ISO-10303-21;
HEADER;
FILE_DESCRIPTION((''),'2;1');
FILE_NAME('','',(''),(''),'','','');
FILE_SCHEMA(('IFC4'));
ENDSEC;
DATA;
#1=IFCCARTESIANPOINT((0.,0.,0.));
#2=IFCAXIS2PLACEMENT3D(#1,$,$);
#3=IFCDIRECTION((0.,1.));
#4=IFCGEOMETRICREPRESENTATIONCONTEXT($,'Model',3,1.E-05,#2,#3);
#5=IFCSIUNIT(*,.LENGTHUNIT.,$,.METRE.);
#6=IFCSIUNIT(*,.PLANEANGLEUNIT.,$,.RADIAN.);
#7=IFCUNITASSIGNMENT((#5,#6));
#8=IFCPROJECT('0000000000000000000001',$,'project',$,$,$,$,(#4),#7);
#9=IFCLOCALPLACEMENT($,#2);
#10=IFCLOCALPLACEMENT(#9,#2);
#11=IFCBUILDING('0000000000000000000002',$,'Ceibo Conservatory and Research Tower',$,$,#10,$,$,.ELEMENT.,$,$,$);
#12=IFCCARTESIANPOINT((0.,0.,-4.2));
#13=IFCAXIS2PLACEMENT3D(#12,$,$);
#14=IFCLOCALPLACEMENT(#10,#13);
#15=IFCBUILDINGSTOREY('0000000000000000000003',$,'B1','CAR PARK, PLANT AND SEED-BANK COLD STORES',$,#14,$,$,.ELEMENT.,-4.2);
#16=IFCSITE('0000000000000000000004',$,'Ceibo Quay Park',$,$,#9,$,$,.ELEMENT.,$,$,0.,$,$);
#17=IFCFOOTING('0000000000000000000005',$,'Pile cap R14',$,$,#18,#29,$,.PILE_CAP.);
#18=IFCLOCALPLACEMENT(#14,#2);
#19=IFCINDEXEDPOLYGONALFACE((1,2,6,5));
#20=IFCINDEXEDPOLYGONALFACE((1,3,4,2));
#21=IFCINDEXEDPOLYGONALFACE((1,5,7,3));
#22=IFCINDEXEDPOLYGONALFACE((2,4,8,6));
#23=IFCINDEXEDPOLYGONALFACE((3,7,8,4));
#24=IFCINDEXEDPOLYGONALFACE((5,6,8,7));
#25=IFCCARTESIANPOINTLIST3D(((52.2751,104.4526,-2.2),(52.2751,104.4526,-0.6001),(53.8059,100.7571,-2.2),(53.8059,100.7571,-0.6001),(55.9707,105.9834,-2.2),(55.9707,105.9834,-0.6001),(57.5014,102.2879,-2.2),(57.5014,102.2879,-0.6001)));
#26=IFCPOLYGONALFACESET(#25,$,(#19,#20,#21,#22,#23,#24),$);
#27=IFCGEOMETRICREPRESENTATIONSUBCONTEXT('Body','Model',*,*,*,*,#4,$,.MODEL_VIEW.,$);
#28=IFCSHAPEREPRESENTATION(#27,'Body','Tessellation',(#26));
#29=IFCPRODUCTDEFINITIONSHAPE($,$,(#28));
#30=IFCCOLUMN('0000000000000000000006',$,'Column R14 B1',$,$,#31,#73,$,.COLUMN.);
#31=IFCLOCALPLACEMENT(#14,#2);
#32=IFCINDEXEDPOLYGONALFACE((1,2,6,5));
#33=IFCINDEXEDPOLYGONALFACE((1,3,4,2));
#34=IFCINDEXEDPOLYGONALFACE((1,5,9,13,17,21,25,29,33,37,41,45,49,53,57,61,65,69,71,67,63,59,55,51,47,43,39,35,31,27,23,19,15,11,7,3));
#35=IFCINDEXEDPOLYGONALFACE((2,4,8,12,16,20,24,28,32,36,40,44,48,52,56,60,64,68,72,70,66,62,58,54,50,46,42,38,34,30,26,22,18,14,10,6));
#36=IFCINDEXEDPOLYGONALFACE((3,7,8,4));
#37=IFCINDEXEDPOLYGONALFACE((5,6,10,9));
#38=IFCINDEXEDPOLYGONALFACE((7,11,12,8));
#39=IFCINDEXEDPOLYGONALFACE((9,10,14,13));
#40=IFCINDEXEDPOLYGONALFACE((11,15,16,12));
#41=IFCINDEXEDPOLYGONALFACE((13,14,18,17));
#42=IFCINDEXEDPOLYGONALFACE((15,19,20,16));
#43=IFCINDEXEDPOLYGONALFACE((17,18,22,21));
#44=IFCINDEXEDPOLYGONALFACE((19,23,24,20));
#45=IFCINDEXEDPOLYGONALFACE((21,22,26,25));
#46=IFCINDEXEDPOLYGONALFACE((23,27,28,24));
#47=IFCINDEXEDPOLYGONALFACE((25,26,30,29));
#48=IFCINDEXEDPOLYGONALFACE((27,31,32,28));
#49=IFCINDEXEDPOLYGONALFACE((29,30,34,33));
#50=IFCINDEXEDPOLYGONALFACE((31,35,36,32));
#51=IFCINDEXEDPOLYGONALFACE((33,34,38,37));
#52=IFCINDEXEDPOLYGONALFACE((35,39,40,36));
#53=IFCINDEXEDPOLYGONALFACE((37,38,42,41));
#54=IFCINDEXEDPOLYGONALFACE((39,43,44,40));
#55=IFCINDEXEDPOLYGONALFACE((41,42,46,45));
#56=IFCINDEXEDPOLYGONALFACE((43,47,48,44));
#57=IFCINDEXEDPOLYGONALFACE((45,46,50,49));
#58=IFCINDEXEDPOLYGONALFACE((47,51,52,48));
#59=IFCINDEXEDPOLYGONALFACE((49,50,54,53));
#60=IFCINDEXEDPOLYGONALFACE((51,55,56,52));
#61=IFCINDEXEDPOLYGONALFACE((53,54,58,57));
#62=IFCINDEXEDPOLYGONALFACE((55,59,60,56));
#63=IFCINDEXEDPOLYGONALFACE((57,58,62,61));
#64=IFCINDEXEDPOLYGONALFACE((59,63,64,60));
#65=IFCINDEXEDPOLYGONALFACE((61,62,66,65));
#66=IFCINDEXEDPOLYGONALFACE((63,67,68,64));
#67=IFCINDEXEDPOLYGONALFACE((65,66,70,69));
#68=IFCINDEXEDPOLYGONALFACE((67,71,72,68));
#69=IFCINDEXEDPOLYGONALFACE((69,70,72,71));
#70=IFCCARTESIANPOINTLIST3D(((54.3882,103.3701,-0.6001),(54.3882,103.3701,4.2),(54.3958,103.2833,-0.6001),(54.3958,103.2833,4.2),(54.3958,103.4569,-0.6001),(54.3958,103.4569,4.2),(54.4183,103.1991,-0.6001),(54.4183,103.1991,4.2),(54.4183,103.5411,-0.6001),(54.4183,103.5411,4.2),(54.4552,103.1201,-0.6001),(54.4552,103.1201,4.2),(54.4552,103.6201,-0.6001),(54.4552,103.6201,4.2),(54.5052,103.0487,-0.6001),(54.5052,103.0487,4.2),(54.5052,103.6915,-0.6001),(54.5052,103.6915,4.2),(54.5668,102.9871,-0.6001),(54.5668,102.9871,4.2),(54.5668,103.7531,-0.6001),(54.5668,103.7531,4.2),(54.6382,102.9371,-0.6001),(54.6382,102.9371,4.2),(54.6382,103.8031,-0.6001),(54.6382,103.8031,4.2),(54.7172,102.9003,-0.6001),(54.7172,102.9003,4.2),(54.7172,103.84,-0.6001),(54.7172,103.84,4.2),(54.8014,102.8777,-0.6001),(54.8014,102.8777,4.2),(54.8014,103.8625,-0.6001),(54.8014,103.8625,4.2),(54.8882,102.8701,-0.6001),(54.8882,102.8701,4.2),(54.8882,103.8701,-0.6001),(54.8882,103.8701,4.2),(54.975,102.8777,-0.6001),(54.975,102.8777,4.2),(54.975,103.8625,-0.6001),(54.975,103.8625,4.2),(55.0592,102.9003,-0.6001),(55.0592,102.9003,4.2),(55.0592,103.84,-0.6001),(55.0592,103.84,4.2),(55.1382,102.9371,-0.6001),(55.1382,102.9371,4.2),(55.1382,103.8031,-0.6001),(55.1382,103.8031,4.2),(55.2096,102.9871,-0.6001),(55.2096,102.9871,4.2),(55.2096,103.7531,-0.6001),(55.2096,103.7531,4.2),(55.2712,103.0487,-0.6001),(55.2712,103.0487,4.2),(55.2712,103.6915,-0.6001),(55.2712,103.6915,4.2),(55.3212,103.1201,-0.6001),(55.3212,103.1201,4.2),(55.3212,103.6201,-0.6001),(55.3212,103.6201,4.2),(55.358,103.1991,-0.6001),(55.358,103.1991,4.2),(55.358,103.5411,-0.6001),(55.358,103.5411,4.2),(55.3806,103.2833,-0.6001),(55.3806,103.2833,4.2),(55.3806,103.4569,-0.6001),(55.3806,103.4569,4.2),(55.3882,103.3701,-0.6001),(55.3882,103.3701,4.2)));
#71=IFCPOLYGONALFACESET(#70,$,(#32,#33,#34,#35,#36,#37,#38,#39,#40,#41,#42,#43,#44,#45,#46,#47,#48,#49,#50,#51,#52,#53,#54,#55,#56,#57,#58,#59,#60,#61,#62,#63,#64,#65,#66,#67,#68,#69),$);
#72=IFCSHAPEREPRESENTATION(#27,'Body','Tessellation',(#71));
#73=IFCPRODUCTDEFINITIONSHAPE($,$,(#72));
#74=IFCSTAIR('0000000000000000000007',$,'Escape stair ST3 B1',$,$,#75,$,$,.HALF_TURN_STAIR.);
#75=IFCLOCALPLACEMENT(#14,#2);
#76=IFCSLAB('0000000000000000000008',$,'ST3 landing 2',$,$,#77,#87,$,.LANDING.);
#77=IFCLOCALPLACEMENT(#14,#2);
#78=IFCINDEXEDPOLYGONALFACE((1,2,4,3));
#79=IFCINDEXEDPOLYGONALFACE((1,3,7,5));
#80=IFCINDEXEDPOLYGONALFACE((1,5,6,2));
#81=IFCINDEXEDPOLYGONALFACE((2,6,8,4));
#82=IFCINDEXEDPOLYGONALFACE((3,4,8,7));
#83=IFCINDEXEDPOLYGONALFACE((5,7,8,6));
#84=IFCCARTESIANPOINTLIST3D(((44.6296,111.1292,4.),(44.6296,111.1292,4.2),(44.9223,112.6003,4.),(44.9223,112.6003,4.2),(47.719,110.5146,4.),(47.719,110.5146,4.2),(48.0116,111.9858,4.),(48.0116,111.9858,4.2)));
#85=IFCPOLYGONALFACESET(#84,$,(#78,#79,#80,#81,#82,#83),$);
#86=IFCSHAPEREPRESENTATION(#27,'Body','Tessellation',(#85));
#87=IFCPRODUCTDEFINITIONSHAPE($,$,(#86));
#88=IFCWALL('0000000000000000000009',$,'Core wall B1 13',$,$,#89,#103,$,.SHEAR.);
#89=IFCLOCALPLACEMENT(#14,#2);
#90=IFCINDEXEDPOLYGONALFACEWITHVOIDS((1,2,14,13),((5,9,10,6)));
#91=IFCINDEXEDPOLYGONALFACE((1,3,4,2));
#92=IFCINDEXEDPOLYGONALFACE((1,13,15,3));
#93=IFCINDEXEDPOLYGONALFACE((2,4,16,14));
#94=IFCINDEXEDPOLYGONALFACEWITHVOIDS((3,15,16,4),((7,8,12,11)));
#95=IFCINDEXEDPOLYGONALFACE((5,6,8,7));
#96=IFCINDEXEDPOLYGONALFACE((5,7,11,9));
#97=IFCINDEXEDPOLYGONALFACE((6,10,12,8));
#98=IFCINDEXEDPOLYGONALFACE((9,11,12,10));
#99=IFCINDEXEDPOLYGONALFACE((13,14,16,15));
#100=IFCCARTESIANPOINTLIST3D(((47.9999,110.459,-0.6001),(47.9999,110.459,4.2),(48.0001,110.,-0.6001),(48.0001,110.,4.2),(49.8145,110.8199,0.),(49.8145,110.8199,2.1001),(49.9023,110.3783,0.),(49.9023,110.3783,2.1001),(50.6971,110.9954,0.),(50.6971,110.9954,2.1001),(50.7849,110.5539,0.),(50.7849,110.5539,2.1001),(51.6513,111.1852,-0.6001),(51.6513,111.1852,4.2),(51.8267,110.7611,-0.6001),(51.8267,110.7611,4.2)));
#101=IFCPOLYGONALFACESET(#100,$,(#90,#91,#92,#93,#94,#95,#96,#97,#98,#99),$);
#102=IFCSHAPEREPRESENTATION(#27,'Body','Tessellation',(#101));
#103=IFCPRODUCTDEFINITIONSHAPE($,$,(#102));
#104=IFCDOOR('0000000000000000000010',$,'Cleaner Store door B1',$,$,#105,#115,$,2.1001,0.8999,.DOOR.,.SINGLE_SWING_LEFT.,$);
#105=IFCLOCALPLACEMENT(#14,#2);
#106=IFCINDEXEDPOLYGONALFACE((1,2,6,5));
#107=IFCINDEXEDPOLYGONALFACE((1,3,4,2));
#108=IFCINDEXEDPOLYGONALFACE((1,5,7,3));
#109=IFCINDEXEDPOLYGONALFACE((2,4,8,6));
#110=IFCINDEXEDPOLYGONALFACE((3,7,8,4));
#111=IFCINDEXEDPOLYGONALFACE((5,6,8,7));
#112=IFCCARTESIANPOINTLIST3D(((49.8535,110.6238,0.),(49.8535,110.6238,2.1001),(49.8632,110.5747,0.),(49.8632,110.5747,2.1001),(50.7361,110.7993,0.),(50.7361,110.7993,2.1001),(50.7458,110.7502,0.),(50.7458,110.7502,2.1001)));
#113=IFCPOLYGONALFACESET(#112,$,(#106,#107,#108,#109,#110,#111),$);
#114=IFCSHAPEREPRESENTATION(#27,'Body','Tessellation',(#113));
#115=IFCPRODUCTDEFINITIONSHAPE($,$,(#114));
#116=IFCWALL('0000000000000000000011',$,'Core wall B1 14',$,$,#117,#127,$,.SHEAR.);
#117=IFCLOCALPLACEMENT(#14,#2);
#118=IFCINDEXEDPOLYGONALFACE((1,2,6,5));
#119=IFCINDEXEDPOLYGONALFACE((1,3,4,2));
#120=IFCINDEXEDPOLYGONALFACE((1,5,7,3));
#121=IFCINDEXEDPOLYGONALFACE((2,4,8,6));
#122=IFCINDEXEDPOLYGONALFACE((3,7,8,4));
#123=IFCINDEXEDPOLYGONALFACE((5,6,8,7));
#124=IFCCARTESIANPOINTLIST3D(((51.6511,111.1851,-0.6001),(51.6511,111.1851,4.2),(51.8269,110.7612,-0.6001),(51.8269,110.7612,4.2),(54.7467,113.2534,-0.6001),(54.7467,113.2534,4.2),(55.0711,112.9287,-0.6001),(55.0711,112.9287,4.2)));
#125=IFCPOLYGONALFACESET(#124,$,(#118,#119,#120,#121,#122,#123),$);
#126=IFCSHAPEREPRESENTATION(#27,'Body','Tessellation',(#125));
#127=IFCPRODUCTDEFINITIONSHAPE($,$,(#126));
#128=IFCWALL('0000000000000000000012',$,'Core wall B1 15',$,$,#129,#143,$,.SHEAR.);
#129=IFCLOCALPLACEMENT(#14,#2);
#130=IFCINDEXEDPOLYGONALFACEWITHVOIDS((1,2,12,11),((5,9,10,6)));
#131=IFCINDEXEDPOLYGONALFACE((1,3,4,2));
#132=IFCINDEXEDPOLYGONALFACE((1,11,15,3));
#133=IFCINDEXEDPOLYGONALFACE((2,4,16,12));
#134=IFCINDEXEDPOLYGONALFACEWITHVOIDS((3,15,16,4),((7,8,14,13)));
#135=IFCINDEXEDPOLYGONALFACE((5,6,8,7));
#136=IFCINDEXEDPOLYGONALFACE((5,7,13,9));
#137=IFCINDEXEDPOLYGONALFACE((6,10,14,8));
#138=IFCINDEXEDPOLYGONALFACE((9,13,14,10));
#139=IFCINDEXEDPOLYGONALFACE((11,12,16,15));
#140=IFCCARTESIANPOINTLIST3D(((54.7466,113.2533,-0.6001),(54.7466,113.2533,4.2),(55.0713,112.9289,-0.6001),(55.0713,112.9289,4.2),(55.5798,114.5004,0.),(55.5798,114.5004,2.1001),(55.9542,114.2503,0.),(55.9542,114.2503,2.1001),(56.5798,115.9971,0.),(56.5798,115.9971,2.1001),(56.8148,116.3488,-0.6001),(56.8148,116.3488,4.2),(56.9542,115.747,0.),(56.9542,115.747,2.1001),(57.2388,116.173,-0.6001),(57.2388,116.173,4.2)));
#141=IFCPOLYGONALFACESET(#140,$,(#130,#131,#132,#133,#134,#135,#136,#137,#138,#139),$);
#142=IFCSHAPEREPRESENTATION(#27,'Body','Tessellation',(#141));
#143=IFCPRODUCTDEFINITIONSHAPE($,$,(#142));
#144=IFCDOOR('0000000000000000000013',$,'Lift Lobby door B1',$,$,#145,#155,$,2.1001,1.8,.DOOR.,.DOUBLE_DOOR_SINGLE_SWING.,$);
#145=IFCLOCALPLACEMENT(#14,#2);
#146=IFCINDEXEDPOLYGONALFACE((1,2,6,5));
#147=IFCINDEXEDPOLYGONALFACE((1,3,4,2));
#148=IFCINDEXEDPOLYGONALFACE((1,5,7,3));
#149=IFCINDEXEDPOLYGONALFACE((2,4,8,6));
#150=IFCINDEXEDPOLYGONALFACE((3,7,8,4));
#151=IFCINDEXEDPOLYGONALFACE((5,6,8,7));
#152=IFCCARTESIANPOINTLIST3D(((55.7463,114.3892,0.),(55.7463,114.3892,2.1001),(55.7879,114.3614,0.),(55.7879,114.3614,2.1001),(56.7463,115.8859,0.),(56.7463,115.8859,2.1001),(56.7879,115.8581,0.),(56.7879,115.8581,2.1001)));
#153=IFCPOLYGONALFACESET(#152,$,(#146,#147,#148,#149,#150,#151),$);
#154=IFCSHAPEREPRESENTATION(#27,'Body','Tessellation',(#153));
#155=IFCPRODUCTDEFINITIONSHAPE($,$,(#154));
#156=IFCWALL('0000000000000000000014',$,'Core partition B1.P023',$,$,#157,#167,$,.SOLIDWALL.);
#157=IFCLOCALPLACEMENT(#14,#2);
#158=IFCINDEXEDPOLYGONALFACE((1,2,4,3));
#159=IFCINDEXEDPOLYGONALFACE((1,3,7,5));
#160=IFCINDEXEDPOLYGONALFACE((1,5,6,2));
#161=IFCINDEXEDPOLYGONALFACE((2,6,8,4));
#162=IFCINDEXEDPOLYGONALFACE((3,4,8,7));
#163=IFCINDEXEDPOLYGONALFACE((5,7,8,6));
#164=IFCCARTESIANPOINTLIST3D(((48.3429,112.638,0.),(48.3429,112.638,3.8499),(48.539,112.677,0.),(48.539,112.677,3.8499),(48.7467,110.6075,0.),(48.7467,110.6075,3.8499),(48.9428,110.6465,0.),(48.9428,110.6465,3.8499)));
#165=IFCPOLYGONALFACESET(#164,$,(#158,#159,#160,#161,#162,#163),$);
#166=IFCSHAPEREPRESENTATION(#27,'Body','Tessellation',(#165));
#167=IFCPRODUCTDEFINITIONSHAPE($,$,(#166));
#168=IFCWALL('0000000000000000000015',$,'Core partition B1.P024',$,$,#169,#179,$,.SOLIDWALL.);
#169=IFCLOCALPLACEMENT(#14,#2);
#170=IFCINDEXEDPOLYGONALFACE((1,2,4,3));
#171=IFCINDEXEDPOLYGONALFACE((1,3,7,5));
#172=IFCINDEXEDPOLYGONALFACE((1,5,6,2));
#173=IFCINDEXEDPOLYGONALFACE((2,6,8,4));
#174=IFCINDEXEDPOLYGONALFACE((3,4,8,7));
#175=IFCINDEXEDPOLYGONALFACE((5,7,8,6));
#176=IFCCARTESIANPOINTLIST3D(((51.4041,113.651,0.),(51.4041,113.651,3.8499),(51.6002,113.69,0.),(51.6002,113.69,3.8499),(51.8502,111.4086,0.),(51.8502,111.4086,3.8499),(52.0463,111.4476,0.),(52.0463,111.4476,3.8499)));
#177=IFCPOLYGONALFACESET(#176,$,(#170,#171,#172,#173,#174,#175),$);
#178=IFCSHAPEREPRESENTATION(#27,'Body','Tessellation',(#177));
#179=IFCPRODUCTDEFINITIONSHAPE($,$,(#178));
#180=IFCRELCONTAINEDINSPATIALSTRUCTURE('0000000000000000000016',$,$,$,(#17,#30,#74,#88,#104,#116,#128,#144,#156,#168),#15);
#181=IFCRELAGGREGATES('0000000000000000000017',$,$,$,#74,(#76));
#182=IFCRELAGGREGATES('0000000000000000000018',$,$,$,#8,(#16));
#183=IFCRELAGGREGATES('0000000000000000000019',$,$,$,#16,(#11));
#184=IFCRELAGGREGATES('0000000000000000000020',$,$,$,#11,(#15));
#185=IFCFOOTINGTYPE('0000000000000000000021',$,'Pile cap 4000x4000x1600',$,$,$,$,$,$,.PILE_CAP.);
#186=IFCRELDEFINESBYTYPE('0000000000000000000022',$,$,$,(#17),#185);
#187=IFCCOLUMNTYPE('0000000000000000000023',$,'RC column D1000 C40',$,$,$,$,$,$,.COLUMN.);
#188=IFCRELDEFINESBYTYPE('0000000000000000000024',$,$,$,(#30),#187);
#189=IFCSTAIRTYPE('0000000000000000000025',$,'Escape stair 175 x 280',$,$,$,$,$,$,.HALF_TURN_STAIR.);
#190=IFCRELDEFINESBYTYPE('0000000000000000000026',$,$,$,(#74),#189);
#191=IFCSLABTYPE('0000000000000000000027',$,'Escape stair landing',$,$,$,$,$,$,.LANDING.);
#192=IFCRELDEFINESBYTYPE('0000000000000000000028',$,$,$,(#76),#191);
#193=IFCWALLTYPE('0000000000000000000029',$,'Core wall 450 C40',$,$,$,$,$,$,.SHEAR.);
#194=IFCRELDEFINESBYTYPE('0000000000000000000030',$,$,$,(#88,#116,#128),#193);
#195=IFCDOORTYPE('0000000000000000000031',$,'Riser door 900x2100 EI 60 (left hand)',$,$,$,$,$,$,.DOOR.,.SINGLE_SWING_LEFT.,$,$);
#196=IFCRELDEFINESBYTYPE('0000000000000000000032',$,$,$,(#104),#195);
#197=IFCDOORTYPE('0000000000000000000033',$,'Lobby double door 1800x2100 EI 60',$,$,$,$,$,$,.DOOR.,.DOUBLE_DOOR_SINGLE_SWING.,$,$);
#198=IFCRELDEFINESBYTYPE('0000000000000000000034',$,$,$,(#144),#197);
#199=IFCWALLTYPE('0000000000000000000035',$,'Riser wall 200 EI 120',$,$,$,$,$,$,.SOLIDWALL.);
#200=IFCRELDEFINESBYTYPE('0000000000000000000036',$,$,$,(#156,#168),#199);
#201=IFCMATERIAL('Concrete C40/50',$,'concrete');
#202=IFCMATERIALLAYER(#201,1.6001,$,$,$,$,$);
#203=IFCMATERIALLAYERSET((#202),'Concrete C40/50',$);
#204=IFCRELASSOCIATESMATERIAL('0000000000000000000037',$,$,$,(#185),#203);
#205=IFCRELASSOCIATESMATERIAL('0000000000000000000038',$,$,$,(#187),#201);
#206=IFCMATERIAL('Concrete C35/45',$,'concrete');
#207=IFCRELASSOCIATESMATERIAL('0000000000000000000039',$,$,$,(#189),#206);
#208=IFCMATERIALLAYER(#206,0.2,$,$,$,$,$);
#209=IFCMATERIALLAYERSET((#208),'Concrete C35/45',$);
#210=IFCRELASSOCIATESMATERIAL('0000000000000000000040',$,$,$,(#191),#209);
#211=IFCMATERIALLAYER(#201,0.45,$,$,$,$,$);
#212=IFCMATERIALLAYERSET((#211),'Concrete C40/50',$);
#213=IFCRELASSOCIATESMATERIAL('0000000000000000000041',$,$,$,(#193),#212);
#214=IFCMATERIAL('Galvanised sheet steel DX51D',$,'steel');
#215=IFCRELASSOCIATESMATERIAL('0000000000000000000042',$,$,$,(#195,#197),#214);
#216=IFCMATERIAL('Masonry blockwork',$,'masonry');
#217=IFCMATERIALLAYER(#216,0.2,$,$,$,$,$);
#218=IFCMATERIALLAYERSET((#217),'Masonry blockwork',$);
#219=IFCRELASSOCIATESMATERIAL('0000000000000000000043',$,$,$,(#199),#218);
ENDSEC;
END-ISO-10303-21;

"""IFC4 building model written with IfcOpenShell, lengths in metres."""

from ifc_helpers import new_model, si_unit, direction, frame, frame_2d, origin, origin_2d, place, context, subcontext, project, spatial, polyline, rectangle, circle, outline, extrude, material, layer, layer_set, material_profile, profile_set, type_object, element, fill, aggregate, save


model = new_model("IFC4")

# Units and contexts
model_context = context("Model", 3, precision=1e-05, world=origin(), true_north=direction((0.0, 1.0)))
body_context = subcontext(model_context, "Body", "Model", "MODEL_VIEW")
ifc_project = project(units=[si_unit("LENGTHUNIT", "METRE"), si_unit("PLANEANGLEUNIT", "RADIAN")], contexts=[model_context])

# Site, building, storey
site_placement = place(None, origin())
site = spatial("IfcSite", under=ifc_project, at=site_placement, Name="Ceibo Quay Park", CompositionType="ELEMENT", RefElevation=0.0)
building_placement = place(site_placement, origin())
building = spatial("IfcBuilding", under=site, at=building_placement, Name="Ceibo Conservatory and Research Tower", CompositionType="ELEMENT")
storey_placement = place(building_placement, frame((0.0, 0.0, -4.2)))
storey = spatial("IfcBuildingStorey", under=building, at=storey_placement, Name="B1", Description="CAR PARK, PLANT AND SEED-BANK COLD STORES", CompositionType="ELEMENT", Elevation=-4.2)

# Shared definitions
ifc_material_1 = material(Name="Concrete C35/45", Category="concrete")

# Footing
ifc_material_2 = material(Name="Concrete C40/50", Category="concrete")
ifc_layer_1 = layer(ifc_material_2, 1.6001)
ifc_layer_set_1 = layer_set([ifc_layer_1], Name="Concrete C40/50")
footing_type = type_object("IfcFootingType", Name="Pile cap 4000x4000x1600", PredefinedType="PILE_CAP", material=ifc_layer_set_1)
footing_placement = place(storey_placement, frame((52.2751, 104.4526, -2.2), z_axis=(0.0, 0.0, 1.0), x_axis=(0.382684, -0.92388, 0.0)))
element("IfcFooting", 1, at=footing_placement, inside=storey, type_object=footing_type, Name="Pile cap R14", PredefinedType="PILE_CAP", context=body_context, shape_type="SweptSolid", body=[
    extrude(outline(polyline([(0.0, 0.0), (4.0, 0.0), (4.0, 4.0), (0.0, 4.0), (0.0, 0.0)])), origin(), (0.0, 0.0, 1.0), 1.5999),
])

# Column
ifc_material_profile_1 = material_profile(ifc_material_2, circle(Radius=0.5, at=origin_2d()), Name="RC D1000")
ifc_profile_set_1 = profile_set([ifc_material_profile_1], Name="Concrete C40/50")
column_type = type_object("IfcColumnType", Name="RC column D1000 C40", PredefinedType="COLUMN", material=ifc_profile_set_1)
column_placement = place(storey_placement, frame((54.8882, 103.3701, -0.6001), z_axis=(0.0, 0.0, 1.0), x_axis=(1.0, 0.0, 0.0)))
element("IfcColumn", 2, at=column_placement, inside=storey, type_object=column_type, Name="Column R14 B1", PredefinedType="COLUMN", context=body_context, shape_type="SweptSolid", body=[
    extrude(circle(Radius=0.5, at=origin_2d()), origin(), (0.0, 0.0, 1.0), 4.8),
])

# Stair, slab
stair_type = type_object("IfcStairType", Name="Escape stair 175 x 280", PredefinedType="HALF_TURN_STAIR", material=ifc_material_1)
stair_placement = place(storey_placement, origin())
stair = element("IfcStair", 3, at=stair_placement, inside=storey, type_object=stair_type, Name="Escape stair ST3 B1", PredefinedType="HALF_TURN_STAIR")
ifc_layer_2 = layer(ifc_material_1, 0.2)
ifc_layer_set_2 = layer_set([ifc_layer_2], Name="Concrete C35/45")
slab_type = type_object("IfcSlabType", Name="Escape stair landing", PredefinedType="LANDING", material=ifc_layer_set_2)
slab_placement = place(storey_placement, frame((47.719, 110.5146, 4.0), z_axis=(0.0, 0.0, 1.0), x_axis=(0.19509, 0.980785, 0.0)))
slab = element("IfcSlab", 4, at=slab_placement, type_object=slab_type, Name="ST3 landing 2", PredefinedType="LANDING", context=body_context, shape_type="SweptSolid", body=[
    extrude(outline(polyline([(0.0, 0.0), (1.5, 0.0), (1.5, 3.1499), (0.0, 3.1499), (0.0, 0.0)])), origin(), (0.0, 0.0, 1.0), 0.2),
])
aggregate(stair, [slab])

# Wall, opening, door
ifc_layer_3 = layer(ifc_material_2, 0.45)
ifc_layer_set_3 = layer_set([ifc_layer_3], Name="Concrete C40/50")
wall_type_1 = type_object("IfcWallType", Name="Core wall 450 C40", PredefinedType="SHEAR", material=ifc_layer_set_3)
wall_1_placement = place(storey_placement, frame((48.0, 110.2295, -0.6001), z_axis=(0.0, 0.0, 1.0), x_axis=(0.980789, 0.195069, 0.0)))
wall_1 = element("IfcWall", 5, at=wall_1_placement, inside=storey, type_object=wall_type_1, Name="Core wall B1 13", PredefinedType="SHEAR", context=body_context, shape_type="SweptSolid", body=[
    extrude(outline(polyline([(-0.0447, -0.2251), (3.8569, -0.2251), (3.7676, 0.2251), (0.0447, 0.2251), (-0.0447, -0.2251)])), origin(), (0.0, 0.0, 1.0), 4.8),
])
opening_1_placement = place(wall_1_placement, frame((1.8948, 0.0, 0.6001)))
opening_1 = element("IfcOpeningElement", 6, at=opening_1_placement, cuts=wall_1, PredefinedType="OPENING", context=body_context, shape_type="SweptSolid", body=[
    extrude(rectangle(XDim=0.8999, YDim=2.1001, at=frame_2d((0.45, 1.05))), frame((0.0, 0.2349, 0.0), z_axis=(0.0, -1.0, 0.0), x_axis=(1.0, 0.0, 0.0)), (0.0, 0.0, 1.0), 0.47),
])
ifc_material_3 = material(Name="Galvanised sheet steel DX51D", Category="steel")
door_type_1 = type_object("IfcDoorType", Name="Riser door 900x2100 EI 60 (left hand)", OperationType="SINGLE_SWING_LEFT", PredefinedType="DOOR", material=ifc_material_3)
door_1_placement = place(opening_1_placement, frame((0.8999, 0.0, 0.0), z_axis=(0.0, 0.0, 1.0), x_axis=(-1.0, 0.0, 0.0)))
door_1 = element("IfcDoor", 7, at=door_1_placement, inside=storey, type_object=door_type_1, Name="Cleaner Store door B1", OperationType="SINGLE_SWING_LEFT", OverallHeight=2.1001, OverallWidth=0.8999, PredefinedType="DOOR", context=body_context, shape_type="SweptSolid", body=[
    extrude(rectangle(XDim=0.8999, YDim=2.1001, at=frame_2d((0.45, 1.05))), frame((0.0, 0.0249, 0.0), z_axis=(0.0, -1.0, 0.0), x_axis=(1.0, 0.0, 0.0)), (0.0, 0.0, 1.0), 0.05),
])
fill(opening_1, door_1)

# Wall
wall_2_placement = place(storey_placement, frame((51.739, 110.9731, -0.6001), z_axis=(0.0, 0.0, 1.0), x_axis=(0.831488, 0.555542, 0.0)))
element("IfcWall", 8, at=wall_2_placement, inside=storey, type_object=wall_type_1, Name="Core wall B1 14", PredefinedType="SHEAR", context=body_context, shape_type="SweptSolid", body=[
    extrude(outline(polyline([(-0.0447, -0.2251), (3.8569, -0.2251), (3.7676, 0.2251), (0.0447, 0.2251), (-0.0447, -0.2251)])), origin(), (0.0, 0.0, 1.0), 4.8),
])

# Wall, opening, door
wall_3_placement = place(storey_placement, frame((54.9089, 113.0911, -0.6001), z_axis=(0.0, 0.0, 1.0), x_axis=(0.555542, 0.831488, 0.0)))
wall_3 = element("IfcWall", 9, at=wall_3_placement, inside=storey, type_object=wall_type_1, Name="Core wall B1 15", PredefinedType="SHEAR", context=body_context, shape_type="SweptSolid", body=[
    extrude(outline(polyline([(-0.0447, -0.2251), (3.8569, -0.2251), (3.7676, 0.2251), (0.0447, 0.2251), (-0.0447, -0.2251)])), origin(), (0.0, 0.0, 1.0), 4.8),
])
opening_2_placement = place(wall_3_placement, frame((1.5447, 0.0, 0.6001)))
opening_2 = element("IfcOpeningElement", 10, at=opening_2_placement, cuts=wall_3, PredefinedType="OPENING", context=body_context, shape_type="SweptSolid", body=[
    extrude(rectangle(XDim=1.8, YDim=2.1001, at=frame_2d((0.8999, 1.05))), frame((0.0, 0.2349, 0.0), z_axis=(0.0, -1.0, 0.0), x_axis=(1.0, 0.0, 0.0)), (0.0, 0.0, 1.0), 0.47),
])
door_type_2 = type_object("IfcDoorType", Name="Lobby double door 1800x2100 EI 60", OperationType="DOUBLE_DOOR_SINGLE_SWING", PredefinedType="DOOR", material=ifc_material_3)
door_2_placement = place(opening_2_placement, origin())
door_2 = element("IfcDoor", 11, at=door_2_placement, inside=storey, type_object=door_type_2, Name="Lift Lobby door B1", OperationType="DOUBLE_DOOR_SINGLE_SWING", OverallHeight=2.1001, OverallWidth=1.8, PredefinedType="DOOR", context=body_context, shape_type="SweptSolid", body=[
    extrude(rectangle(XDim=1.8, YDim=2.1001, at=frame_2d((0.8999, 1.05))), frame((0.0, 0.0249, 0.0), z_axis=(0.0, -1.0, 0.0), x_axis=(1.0, 0.0, 0.0)), (0.0, 0.0, 1.0), 0.05),
])
fill(opening_2, door_2)

# Walls
ifc_material_4 = material(Name="Masonry blockwork", Category="masonry")
ifc_layer_4 = layer(ifc_material_4, 0.2)
ifc_layer_set_4 = layer_set([ifc_layer_4], Name="Masonry blockwork")
wall_type_2 = type_object("IfcWallType", Name="Riser wall 200 EI 120", PredefinedType="SOLIDWALL", material=ifc_layer_set_4)
wall_4_placement = place(storey_placement, frame((48.8447, 110.627, 0.0), z_axis=(0.0, 0.0, 1.0), x_axis=(-0.19505, 0.980793, 0.0)))
element("IfcWall", 12, at=wall_4_placement, inside=storey, type_object=wall_type_2, Name="Core partition B1.P023", PredefinedType="SOLIDWALL", context=body_context, shape_type="SweptSolid", body=[
    extrude(rectangle(XDim=2.0703, YDim=0.2, at=frame_2d((1.0352, 0.0))), origin(), (0.0, 0.0, 1.0), 3.8499),
])
wall_5_placement = place(storey_placement, frame((51.5022, 113.6704, 0.0), z_axis=(0.0, 0.0, 1.0), x_axis=(0.195089, -0.980785, 0.0)))
element("IfcWall", 13, at=wall_5_placement, inside=storey, type_object=wall_type_2, Name="Core partition B1.P024", PredefinedType="SOLIDWALL", context=body_context, shape_type="SweptSolid", body=[
    extrude(rectangle(XDim=2.2864, YDim=0.2, at=frame_2d((1.1431, 0.0))), origin(), (0.0, 0.0, 1.0), 3.8499),
])

save(model, "model.ifc")
